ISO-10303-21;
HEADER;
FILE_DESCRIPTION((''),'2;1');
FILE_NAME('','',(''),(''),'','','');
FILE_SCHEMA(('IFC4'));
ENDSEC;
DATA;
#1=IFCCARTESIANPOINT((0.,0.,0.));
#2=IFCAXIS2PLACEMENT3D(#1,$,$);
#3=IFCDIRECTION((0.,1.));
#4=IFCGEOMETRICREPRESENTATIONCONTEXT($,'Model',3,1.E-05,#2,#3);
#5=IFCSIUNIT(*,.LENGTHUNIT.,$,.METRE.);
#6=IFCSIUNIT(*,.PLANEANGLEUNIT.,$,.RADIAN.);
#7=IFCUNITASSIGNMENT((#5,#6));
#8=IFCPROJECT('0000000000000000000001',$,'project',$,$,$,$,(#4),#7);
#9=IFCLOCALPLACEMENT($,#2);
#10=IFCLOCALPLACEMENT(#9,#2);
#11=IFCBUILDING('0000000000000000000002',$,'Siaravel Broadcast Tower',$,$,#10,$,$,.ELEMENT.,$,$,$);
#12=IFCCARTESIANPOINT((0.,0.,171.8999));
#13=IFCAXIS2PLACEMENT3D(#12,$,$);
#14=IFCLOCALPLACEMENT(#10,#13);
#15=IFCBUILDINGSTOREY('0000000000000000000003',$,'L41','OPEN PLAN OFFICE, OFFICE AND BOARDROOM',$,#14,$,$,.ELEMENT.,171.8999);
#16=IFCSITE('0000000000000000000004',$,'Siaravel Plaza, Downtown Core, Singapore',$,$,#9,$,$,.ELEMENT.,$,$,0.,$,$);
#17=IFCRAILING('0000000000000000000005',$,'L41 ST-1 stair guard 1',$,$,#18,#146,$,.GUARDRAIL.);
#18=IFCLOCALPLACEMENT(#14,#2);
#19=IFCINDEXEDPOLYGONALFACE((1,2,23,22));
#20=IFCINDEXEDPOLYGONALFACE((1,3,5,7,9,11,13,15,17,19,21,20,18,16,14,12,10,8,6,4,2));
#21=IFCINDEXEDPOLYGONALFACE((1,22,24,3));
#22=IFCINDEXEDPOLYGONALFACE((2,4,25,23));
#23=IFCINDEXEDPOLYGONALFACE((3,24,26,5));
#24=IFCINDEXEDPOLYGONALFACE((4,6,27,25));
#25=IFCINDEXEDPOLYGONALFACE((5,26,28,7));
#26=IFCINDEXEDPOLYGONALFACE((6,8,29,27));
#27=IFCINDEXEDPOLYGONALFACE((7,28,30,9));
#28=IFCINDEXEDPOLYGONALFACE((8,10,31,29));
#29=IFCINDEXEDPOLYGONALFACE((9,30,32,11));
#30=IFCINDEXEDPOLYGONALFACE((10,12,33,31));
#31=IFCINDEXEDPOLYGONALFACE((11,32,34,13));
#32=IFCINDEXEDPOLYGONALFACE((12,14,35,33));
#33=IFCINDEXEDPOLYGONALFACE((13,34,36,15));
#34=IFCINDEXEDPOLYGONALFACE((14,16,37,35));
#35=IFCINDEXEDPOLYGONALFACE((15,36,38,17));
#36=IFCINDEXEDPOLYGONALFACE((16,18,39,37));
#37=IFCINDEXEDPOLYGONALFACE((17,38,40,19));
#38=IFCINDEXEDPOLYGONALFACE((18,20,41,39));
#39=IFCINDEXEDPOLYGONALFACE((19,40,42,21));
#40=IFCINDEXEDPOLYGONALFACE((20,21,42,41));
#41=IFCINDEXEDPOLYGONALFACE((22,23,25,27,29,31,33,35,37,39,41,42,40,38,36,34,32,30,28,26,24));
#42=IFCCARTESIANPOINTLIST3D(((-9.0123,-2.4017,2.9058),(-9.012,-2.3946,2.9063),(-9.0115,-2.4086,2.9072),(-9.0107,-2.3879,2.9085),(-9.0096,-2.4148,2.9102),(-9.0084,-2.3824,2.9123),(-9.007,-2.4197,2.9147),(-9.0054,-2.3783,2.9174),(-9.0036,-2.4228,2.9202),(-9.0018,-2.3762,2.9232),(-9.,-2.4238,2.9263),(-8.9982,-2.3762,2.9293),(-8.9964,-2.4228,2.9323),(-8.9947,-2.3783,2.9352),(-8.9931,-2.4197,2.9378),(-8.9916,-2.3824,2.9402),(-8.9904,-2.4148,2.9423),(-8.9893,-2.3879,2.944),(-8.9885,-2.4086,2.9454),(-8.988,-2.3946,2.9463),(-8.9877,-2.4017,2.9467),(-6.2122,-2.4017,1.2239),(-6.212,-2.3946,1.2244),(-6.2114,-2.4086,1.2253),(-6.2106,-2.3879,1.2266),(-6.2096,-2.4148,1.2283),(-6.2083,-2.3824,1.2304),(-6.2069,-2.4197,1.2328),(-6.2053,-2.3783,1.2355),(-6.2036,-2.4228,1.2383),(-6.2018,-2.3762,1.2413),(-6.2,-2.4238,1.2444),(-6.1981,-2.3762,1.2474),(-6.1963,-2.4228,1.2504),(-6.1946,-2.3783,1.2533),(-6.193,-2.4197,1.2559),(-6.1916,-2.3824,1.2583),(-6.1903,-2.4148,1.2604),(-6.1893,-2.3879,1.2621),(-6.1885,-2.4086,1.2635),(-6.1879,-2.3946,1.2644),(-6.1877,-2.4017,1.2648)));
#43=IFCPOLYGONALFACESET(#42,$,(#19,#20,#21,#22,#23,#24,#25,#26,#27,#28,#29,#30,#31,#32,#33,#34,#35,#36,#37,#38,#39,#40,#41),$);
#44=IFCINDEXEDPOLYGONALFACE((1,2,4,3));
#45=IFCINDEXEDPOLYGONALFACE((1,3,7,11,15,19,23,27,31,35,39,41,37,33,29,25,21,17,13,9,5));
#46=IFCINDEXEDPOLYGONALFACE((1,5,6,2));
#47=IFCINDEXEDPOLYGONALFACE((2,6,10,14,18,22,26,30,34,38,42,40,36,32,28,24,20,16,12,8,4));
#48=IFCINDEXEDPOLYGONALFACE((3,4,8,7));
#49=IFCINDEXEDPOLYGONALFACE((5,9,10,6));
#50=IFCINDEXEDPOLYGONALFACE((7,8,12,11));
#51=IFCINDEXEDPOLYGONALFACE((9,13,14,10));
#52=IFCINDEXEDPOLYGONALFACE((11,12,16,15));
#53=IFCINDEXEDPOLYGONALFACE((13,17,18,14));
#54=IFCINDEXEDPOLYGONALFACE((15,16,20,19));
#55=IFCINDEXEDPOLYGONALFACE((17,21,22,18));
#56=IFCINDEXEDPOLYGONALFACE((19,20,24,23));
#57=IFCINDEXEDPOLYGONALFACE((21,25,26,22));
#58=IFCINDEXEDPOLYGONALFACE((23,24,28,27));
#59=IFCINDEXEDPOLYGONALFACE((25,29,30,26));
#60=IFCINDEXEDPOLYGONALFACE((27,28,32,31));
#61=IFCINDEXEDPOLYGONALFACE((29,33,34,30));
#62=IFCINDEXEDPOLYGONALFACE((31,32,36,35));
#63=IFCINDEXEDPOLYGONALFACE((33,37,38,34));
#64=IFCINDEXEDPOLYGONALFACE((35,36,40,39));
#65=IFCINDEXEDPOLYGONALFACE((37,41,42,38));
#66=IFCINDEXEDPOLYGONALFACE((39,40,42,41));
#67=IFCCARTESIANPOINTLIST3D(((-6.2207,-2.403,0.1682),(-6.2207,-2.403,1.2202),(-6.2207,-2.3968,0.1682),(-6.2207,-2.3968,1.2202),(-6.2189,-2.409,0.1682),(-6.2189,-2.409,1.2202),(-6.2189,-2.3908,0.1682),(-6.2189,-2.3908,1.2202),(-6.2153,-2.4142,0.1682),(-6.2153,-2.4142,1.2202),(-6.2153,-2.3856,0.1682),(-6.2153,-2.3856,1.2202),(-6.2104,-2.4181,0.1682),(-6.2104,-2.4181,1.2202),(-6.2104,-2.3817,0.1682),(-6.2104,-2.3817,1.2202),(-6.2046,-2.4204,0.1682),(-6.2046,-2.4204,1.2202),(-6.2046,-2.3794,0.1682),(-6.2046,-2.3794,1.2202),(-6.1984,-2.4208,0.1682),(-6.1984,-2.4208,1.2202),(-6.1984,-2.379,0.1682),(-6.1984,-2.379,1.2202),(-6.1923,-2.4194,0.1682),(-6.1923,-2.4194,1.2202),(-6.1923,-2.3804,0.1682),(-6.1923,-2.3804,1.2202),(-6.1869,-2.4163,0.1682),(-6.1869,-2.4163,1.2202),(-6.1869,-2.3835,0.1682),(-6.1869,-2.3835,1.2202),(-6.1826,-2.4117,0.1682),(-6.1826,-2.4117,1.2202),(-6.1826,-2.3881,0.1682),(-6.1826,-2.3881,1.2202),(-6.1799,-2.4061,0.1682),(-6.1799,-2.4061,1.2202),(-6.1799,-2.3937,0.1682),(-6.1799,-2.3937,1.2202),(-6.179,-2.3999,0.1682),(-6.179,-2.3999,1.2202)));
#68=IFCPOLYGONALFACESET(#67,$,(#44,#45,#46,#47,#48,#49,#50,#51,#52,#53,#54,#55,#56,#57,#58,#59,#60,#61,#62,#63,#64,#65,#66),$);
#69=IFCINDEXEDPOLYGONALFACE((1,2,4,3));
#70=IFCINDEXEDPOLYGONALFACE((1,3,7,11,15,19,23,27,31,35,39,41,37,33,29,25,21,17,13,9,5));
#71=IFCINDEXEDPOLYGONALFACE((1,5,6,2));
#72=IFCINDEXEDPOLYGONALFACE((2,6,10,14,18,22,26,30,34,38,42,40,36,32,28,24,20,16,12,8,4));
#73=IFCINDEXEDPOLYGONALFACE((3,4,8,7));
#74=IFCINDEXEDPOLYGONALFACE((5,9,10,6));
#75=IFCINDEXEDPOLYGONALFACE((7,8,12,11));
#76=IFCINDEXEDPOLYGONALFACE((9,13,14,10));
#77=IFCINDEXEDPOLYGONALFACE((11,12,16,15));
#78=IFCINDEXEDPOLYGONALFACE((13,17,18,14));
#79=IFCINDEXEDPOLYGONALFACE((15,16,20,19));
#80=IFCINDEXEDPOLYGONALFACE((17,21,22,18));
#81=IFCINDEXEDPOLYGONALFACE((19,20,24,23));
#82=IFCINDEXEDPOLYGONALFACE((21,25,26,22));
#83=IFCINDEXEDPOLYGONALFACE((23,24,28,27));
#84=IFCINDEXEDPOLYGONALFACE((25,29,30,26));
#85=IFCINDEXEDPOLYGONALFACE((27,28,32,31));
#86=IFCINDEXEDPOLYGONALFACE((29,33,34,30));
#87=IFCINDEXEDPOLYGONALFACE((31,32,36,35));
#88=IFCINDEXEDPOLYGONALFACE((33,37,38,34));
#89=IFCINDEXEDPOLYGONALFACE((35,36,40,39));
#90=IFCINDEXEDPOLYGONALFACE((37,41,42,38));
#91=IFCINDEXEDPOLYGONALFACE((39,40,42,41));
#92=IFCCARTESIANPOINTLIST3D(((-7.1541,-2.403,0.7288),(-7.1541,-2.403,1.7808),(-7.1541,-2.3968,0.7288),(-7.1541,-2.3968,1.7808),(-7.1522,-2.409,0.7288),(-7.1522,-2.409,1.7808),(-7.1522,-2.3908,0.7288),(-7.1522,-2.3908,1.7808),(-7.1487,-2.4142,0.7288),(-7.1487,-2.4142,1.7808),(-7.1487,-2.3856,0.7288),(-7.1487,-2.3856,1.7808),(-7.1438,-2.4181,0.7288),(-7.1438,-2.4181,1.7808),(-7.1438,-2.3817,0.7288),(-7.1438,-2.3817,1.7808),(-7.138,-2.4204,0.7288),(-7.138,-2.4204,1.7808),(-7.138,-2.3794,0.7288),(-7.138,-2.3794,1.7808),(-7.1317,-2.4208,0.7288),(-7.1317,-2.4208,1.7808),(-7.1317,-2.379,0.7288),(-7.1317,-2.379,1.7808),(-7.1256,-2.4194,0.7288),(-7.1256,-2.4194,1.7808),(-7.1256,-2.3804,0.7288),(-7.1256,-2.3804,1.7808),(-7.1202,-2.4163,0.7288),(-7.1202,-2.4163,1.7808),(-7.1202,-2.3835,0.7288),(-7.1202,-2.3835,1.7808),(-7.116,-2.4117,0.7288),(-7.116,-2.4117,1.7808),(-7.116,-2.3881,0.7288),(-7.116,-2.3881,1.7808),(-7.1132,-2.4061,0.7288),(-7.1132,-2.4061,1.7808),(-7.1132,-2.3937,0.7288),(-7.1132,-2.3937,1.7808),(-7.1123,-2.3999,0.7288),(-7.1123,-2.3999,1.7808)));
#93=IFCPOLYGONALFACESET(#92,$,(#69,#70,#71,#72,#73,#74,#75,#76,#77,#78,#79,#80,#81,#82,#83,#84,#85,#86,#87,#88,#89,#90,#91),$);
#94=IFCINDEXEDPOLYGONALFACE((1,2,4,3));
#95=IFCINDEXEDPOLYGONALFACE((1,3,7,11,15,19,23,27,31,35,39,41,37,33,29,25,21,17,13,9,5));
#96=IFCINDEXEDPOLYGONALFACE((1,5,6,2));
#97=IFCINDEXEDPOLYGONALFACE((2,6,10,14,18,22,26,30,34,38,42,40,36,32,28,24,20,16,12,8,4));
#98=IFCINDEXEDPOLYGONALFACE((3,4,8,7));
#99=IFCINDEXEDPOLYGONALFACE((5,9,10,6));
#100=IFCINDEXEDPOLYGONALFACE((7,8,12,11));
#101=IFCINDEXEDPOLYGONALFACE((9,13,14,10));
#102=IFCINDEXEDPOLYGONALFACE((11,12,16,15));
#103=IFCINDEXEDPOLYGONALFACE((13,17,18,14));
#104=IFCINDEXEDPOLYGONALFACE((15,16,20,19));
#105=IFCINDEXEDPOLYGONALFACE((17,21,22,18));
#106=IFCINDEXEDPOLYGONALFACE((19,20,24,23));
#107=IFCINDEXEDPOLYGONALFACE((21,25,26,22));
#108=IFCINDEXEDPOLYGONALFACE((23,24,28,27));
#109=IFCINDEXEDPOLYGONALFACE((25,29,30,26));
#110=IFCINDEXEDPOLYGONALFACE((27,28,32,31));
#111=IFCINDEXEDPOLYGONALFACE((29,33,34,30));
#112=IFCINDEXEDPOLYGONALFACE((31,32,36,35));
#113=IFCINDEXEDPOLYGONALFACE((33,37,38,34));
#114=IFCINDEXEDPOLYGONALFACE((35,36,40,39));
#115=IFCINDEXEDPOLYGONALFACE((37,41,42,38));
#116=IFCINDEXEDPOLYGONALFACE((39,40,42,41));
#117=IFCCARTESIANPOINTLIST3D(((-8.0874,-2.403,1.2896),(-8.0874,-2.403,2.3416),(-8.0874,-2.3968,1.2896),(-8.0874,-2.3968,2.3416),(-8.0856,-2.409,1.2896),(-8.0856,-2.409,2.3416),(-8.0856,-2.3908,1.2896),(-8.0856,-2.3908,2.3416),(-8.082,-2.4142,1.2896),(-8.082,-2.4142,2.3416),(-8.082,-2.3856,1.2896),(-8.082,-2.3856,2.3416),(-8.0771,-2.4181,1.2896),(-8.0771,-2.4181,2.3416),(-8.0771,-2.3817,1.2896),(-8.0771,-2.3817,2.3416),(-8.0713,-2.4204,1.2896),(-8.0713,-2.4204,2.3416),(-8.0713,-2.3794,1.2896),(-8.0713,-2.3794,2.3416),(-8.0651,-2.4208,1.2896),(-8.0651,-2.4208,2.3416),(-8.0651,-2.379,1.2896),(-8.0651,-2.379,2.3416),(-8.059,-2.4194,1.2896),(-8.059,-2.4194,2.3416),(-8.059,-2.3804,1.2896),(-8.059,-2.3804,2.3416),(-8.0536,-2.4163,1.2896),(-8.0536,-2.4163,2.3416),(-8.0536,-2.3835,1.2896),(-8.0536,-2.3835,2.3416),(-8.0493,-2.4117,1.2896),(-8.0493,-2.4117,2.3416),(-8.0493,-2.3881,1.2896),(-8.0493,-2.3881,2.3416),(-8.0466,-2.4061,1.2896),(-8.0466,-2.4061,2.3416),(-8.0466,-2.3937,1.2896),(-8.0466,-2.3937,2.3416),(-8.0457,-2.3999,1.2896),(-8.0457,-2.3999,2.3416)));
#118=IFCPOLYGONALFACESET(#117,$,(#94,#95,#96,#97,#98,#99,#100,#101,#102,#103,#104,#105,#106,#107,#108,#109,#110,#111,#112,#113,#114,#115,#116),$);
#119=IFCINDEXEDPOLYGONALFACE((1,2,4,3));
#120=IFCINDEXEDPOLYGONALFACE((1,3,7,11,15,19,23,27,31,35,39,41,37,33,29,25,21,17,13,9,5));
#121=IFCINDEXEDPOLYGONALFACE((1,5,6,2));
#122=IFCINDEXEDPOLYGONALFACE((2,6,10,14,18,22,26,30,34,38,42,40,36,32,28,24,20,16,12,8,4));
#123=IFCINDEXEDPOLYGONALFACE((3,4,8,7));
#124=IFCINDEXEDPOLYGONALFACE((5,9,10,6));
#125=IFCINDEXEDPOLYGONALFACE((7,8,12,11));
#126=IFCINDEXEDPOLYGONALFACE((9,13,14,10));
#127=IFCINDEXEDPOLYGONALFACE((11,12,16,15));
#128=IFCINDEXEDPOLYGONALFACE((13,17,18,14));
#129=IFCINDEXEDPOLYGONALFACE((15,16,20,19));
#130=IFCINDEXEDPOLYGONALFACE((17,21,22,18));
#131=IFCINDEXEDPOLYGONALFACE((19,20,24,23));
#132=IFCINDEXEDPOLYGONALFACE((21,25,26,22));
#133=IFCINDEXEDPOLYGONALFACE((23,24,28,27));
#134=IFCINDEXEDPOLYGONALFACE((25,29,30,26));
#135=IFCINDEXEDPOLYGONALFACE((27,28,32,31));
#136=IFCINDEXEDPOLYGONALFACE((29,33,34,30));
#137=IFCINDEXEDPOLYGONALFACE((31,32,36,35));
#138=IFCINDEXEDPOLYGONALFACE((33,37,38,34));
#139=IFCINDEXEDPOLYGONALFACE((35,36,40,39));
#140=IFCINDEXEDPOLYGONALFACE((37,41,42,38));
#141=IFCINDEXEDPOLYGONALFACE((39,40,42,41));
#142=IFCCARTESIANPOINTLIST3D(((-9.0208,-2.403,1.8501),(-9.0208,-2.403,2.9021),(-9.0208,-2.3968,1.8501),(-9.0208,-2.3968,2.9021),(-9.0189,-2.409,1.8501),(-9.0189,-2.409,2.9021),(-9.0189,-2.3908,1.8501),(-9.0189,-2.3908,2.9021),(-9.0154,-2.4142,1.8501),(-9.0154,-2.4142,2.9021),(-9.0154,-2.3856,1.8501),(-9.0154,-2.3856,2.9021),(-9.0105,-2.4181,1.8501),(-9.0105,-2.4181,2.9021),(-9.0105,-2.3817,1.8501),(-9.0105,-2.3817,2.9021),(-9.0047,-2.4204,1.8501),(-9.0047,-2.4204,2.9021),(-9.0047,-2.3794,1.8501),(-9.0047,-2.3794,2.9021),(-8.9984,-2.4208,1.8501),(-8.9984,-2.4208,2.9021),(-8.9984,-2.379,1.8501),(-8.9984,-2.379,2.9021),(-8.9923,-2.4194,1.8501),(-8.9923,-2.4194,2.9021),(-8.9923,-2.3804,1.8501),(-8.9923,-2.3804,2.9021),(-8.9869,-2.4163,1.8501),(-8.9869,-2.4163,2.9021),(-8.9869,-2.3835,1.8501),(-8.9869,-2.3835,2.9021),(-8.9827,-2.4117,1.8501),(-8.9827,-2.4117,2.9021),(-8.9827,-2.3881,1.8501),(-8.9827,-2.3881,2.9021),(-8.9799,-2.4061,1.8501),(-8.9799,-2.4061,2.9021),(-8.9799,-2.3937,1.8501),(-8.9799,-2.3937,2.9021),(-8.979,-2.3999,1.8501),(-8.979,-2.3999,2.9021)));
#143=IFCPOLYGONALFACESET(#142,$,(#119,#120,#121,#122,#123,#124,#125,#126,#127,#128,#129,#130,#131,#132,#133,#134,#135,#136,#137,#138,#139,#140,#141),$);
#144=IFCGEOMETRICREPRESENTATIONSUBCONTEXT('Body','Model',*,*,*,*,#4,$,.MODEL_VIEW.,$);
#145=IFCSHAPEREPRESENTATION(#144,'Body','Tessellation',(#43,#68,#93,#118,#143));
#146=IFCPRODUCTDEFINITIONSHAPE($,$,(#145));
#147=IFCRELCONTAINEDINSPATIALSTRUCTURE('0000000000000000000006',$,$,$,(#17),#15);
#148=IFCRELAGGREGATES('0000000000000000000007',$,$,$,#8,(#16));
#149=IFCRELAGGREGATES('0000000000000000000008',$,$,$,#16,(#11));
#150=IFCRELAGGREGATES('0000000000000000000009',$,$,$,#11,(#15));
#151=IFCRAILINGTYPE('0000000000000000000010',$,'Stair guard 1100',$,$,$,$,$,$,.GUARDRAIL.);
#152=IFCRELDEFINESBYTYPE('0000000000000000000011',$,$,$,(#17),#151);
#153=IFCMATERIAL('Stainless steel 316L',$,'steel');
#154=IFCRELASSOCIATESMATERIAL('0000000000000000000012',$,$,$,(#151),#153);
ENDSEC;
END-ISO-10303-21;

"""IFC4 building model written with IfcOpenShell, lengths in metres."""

from ifc_helpers import new_model, si_unit, direction, frame, origin, origin_2d, place, context, subcontext, project, spatial, circle, extrude, material, type_object, element, save


model = new_model("IFC4")

# Units and contexts
model_context = context("Model", 3, precision=1e-05, world=origin(), true_north=direction((0.0, 1.0)))
body_context = subcontext(model_context, "Body", "Model", "MODEL_VIEW")
ifc_project = project(units=[si_unit("LENGTHUNIT", "METRE"), si_unit("PLANEANGLEUNIT", "RADIAN")], contexts=[model_context])

# Site, building, storey
site_placement = place(None, origin())
site = spatial("IfcSite", under=ifc_project, at=site_placement, Name="Siaravel Plaza, Downtown Core, Singapore", CompositionType="ELEMENT", RefElevation=0.0)
building_placement = place(site_placement, origin())
building = spatial("IfcBuilding", under=site, at=building_placement, Name="Siaravel Broadcast Tower", CompositionType="ELEMENT")
storey_placement = place(building_placement, frame((0.0, 0.0, 171.8999)))
storey = spatial("IfcBuildingStorey", under=building, at=storey_placement, Name="L41", Description="OPEN PLAN OFFICE, OFFICE AND BOARDROOM", CompositionType="ELEMENT", Elevation=171.8999)

# Shared definitions
ifc_material_1 = material(Name="Stainless steel 316L", Category="steel")

# Railing
railing_type_1 = type_object("IfcRailingType", Name="Stair guard 1100", PredefinedType="GUARDRAIL", material=ifc_material_1)
railing_1_placement = place(storey_placement, frame((-6.2, -2.3999, 0.1682)))
element("IfcRailing", 1, at=railing_1_placement, inside=storey, type_object=railing_type_1, Name="L41 ST-1 stair guard 1", PredefinedType="GUARDRAIL", context=body_context, shape_type="SweptSolid", body=[
    extrude(circle(Radius=0.0239, at=origin_2d()), frame((0.0, 0.0, 1.0762), z_axis=(-0.857242, 0.0, 0.514913), x_axis=(0.0, -1.0, 0.0)), (0.0, 0.0, 1.0), 3.2664),
    extrude(circle(Radius=0.021, at=origin_2d()), origin(), (0.0, 0.0, 1.0), 1.052),
    extrude(circle(Radius=0.021, at=origin_2d()), frame((-0.9333, 0.0, 0.5605)), (0.0, 0.0, 1.0), 1.052),
    extrude(circle(Radius=0.021, at=origin_2d()), frame((-1.8667, 0.0, 1.1213)), (0.0, 0.0, 1.0), 1.052),
    extrude(circle(Radius=0.021, at=origin_2d()), frame((-2.8, 0.0, 1.6819)), (0.0, 0.0, 1.0), 1.052),
])

save(model, "model.ifc")
